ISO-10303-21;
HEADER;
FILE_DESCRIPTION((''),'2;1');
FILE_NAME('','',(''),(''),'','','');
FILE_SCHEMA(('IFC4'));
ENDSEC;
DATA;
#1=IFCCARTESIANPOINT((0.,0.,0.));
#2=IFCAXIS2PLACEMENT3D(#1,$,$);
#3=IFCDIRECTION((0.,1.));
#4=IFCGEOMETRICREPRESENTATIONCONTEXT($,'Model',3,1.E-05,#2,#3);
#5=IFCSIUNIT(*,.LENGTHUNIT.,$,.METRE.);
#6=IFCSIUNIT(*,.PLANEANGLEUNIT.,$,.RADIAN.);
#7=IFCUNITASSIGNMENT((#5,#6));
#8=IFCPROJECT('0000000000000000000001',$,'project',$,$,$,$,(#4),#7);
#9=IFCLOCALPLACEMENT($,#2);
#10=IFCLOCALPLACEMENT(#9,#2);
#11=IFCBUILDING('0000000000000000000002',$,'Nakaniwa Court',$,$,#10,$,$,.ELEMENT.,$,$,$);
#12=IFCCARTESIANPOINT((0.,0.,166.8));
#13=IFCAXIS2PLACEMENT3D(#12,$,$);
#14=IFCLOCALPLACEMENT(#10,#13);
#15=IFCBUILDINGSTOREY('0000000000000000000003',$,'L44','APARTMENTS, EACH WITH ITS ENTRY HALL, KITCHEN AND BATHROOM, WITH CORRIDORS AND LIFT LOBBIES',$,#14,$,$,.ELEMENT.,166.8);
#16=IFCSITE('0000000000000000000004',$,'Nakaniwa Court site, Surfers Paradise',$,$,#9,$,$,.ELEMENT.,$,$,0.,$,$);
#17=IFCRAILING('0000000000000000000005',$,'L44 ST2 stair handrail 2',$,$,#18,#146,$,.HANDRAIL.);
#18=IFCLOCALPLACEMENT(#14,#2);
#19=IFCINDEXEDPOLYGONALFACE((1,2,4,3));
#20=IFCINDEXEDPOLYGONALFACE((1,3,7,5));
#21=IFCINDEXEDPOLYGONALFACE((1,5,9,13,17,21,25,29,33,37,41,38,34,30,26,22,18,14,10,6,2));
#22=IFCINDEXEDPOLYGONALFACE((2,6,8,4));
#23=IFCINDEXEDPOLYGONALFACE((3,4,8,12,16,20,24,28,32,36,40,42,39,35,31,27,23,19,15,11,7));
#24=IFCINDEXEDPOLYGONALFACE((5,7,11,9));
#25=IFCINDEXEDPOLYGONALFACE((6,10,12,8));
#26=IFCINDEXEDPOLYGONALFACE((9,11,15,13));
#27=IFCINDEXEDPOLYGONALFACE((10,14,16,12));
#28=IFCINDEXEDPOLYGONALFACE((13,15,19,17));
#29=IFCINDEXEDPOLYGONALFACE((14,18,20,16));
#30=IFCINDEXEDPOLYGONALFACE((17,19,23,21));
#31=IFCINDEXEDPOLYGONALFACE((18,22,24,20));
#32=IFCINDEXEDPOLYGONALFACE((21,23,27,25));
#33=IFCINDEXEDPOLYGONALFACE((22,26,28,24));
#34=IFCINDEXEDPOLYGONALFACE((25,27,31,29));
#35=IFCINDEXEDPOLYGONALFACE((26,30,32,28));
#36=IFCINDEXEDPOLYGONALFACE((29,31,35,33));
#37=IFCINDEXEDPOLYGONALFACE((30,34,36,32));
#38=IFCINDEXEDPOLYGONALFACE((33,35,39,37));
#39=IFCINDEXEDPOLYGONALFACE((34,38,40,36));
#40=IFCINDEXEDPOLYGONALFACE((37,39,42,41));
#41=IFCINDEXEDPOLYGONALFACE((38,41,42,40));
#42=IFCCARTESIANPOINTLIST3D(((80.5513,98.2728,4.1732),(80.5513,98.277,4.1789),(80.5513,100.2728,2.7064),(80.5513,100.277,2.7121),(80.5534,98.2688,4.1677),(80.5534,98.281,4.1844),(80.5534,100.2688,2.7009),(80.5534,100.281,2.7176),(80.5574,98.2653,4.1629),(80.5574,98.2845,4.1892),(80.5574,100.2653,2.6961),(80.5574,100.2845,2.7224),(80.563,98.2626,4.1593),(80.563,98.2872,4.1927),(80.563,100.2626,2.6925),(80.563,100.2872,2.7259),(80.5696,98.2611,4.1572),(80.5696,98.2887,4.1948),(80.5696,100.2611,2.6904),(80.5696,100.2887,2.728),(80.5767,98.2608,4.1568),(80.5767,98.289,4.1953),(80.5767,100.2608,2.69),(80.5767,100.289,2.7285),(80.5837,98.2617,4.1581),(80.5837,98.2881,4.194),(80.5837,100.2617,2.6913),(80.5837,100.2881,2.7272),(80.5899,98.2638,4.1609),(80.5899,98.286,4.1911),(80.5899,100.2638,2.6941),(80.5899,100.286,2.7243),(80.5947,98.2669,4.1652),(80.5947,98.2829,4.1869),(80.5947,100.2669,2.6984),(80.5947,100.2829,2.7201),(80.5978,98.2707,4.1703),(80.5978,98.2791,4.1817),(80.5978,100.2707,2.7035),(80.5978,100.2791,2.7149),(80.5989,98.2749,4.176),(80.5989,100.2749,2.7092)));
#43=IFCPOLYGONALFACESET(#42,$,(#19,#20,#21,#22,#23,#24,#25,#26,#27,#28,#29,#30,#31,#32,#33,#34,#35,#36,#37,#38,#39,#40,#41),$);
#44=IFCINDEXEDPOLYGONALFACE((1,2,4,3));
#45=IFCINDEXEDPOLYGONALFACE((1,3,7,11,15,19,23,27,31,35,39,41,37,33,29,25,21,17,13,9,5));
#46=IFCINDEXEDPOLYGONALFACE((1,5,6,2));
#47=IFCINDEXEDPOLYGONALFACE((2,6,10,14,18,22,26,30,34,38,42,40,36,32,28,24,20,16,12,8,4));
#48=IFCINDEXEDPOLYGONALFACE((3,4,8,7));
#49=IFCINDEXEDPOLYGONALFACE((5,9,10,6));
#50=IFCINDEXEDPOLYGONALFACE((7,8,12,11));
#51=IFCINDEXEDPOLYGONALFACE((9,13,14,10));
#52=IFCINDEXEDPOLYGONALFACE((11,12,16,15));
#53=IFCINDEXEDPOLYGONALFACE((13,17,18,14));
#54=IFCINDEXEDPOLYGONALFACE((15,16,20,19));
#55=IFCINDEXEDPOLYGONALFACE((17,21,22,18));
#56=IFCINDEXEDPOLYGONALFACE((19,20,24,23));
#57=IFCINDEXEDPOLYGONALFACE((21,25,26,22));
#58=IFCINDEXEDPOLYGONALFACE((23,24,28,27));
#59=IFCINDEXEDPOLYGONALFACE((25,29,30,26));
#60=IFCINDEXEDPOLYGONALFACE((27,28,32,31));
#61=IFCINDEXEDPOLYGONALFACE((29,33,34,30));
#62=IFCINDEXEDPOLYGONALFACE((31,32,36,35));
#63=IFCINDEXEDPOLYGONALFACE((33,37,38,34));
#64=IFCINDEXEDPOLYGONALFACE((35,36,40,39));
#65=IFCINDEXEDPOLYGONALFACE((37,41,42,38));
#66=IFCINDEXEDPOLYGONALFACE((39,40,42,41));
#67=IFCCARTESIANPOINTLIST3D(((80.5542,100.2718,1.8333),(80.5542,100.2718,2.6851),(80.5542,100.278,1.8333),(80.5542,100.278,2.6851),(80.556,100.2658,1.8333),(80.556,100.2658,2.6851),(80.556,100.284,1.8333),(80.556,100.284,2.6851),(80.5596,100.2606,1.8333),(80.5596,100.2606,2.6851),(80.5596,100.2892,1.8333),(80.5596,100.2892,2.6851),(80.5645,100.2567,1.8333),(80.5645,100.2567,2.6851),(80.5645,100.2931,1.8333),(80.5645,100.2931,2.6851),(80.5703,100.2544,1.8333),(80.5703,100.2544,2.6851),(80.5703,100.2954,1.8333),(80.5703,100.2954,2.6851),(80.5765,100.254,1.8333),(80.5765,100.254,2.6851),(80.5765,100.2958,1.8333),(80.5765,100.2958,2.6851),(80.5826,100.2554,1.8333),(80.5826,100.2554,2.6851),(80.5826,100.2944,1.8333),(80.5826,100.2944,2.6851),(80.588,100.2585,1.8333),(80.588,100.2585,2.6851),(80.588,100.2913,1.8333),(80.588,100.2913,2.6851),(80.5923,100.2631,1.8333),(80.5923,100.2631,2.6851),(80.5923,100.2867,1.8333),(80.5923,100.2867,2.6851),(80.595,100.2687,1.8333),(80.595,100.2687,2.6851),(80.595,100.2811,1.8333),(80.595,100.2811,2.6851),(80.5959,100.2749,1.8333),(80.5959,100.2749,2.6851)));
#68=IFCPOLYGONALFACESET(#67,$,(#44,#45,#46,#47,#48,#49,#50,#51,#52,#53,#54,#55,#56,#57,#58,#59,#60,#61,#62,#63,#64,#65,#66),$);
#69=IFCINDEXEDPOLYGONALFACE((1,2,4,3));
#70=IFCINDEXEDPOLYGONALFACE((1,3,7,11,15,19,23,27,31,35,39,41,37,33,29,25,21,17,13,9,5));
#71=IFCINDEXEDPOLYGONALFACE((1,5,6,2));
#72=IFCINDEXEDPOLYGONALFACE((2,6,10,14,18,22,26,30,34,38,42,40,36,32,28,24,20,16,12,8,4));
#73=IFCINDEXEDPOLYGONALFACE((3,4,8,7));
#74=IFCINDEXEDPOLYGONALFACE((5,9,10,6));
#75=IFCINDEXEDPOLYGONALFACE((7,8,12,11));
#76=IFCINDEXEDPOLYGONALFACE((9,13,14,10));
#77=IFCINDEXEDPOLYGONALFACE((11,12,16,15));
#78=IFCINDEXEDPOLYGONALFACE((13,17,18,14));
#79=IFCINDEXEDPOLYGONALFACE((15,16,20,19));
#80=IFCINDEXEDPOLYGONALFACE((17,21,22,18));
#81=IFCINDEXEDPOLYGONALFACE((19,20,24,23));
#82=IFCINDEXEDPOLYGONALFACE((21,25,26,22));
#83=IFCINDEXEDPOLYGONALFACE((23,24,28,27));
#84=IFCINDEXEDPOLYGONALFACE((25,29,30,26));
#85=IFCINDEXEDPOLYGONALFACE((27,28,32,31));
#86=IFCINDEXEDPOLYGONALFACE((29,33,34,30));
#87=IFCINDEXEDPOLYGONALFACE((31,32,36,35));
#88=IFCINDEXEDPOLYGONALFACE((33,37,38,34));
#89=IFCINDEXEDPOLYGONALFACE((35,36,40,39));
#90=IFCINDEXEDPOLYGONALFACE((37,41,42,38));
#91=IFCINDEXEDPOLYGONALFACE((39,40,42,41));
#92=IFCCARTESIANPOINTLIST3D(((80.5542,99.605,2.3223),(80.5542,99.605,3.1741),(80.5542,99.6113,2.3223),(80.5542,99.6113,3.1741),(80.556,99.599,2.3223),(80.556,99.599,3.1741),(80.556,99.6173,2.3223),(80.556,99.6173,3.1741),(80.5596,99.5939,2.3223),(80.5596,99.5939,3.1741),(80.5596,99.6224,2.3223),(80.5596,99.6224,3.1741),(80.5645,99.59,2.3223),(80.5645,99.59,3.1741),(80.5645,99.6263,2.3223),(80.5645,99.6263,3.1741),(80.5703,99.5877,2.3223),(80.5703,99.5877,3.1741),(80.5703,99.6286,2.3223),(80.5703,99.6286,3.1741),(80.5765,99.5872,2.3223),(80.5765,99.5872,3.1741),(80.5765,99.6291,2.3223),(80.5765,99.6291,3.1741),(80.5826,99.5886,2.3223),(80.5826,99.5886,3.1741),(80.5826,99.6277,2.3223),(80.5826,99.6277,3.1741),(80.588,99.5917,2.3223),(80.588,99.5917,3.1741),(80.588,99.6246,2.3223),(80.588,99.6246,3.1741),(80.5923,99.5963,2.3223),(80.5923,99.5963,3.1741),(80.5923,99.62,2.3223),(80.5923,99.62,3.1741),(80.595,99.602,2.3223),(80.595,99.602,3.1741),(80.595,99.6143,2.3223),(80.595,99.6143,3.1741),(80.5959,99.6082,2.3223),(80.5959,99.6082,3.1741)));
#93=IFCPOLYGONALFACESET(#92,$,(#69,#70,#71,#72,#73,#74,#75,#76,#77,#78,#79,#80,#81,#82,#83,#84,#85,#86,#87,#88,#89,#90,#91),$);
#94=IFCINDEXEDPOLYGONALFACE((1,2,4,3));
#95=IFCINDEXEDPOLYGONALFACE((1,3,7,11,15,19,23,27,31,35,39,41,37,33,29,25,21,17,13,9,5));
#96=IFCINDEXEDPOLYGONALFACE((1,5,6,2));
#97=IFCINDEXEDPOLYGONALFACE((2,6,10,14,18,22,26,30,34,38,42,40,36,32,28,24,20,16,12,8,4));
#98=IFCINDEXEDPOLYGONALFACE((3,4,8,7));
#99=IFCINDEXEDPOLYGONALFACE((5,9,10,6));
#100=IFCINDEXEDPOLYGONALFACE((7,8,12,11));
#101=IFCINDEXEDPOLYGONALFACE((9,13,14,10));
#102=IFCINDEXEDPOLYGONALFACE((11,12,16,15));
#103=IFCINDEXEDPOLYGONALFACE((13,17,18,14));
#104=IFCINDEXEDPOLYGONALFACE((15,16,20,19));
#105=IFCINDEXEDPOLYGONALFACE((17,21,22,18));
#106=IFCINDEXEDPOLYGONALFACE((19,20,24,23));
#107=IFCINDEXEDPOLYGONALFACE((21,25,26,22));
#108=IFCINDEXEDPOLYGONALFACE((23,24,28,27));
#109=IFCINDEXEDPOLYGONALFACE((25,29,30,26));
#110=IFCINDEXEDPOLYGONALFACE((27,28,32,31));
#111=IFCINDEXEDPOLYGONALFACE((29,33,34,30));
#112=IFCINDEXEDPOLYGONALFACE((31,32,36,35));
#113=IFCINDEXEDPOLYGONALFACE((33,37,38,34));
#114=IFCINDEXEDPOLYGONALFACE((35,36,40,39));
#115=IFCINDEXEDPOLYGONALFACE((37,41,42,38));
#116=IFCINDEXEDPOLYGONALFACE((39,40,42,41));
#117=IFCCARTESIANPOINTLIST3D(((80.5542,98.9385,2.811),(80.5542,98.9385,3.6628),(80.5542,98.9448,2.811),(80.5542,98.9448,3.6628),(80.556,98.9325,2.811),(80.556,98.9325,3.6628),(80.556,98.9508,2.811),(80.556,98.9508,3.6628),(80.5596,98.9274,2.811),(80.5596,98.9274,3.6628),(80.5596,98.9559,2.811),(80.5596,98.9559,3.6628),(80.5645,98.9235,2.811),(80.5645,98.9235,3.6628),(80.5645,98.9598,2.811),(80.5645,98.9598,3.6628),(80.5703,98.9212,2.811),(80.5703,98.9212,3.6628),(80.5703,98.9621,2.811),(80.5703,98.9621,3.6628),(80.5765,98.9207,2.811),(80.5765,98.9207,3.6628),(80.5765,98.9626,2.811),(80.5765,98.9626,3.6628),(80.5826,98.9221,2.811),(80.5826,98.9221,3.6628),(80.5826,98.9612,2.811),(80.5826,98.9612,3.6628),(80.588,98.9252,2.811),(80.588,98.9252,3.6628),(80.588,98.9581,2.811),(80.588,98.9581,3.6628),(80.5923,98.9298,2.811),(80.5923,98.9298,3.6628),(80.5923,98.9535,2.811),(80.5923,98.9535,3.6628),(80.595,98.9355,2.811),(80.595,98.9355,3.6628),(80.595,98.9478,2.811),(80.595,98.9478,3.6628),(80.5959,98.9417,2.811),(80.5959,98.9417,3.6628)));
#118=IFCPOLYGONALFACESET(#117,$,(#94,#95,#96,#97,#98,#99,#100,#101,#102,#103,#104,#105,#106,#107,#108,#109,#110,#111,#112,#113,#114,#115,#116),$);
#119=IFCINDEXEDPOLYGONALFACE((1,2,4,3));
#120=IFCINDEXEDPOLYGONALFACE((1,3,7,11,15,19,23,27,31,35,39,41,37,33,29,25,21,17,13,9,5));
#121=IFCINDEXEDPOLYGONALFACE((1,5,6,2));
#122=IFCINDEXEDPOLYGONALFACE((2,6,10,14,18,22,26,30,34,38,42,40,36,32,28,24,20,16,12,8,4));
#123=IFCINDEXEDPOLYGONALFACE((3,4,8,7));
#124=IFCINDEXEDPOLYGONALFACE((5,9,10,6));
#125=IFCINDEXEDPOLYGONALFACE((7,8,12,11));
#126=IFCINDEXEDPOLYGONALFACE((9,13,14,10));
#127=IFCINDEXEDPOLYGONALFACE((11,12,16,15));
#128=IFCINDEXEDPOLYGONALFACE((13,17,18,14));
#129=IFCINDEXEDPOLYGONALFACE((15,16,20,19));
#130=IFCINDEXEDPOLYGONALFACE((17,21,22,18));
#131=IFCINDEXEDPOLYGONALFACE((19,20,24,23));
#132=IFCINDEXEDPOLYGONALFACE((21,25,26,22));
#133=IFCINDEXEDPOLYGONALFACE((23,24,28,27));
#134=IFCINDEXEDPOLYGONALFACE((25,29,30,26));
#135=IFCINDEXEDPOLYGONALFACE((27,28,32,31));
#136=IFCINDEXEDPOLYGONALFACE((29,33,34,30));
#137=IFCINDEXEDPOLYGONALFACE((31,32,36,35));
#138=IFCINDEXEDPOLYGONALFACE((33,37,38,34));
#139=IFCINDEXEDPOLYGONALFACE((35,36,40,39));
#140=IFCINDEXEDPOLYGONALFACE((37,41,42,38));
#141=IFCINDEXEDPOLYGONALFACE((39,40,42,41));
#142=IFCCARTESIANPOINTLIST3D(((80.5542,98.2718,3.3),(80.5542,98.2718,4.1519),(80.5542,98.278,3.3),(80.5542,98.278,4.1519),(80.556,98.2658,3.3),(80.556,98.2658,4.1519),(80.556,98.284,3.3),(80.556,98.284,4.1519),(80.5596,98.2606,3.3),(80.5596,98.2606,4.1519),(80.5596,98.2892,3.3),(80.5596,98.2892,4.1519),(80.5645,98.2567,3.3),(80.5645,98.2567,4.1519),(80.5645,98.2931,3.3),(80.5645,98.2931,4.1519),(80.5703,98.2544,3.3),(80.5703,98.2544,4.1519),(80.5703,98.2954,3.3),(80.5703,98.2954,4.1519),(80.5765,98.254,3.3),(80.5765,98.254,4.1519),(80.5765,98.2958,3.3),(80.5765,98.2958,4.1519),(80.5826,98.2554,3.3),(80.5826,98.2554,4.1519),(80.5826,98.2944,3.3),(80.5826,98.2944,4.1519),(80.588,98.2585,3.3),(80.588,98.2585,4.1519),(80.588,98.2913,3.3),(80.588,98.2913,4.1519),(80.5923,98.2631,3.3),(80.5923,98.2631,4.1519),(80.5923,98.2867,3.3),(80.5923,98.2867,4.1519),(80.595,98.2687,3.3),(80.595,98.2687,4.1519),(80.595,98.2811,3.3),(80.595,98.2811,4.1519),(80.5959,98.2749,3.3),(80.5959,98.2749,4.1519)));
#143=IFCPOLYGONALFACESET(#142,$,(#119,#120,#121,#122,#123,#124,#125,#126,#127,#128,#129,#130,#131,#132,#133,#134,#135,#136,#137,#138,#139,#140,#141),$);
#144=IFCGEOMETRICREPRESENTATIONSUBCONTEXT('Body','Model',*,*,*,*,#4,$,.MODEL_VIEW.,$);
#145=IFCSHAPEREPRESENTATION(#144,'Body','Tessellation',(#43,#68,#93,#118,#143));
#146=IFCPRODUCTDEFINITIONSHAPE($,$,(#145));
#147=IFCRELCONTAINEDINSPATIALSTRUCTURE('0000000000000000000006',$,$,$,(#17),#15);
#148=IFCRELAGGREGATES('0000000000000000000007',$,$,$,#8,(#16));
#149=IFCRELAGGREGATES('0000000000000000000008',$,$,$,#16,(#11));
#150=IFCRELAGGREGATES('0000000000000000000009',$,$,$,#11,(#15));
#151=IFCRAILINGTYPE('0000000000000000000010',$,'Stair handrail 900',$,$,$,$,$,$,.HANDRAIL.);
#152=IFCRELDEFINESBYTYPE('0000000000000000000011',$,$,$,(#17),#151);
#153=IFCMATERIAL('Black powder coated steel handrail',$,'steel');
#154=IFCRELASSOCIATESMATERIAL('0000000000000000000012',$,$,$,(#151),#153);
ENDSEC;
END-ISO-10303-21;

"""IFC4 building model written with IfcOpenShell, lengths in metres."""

from ifc_helpers import new_model, si_unit, direction, frame, origin, origin_2d, place, context, subcontext, project, spatial, circle, extrude, material, type_object, element, save


model = new_model("IFC4")

# Units and contexts
model_context = context("Model", 3, precision=1e-05, world=origin(), true_north=direction((0.0, 1.0)))
body_context = subcontext(model_context, "Body", "Model", "MODEL_VIEW")
ifc_project = project(units=[si_unit("LENGTHUNIT", "METRE"), si_unit("PLANEANGLEUNIT", "RADIAN")], contexts=[model_context])

# Site, building, storey
site_placement = place(None, origin())
site = spatial("IfcSite", under=ifc_project, at=site_placement, Name="Nakaniwa Court site, Surfers Paradise", CompositionType="ELEMENT", RefElevation=0.0)
building_placement = place(site_placement, origin())
building = spatial("IfcBuilding", under=site, at=building_placement, Name="Nakaniwa Court", CompositionType="ELEMENT")
storey_placement = place(building_placement, frame((0.0, 0.0, 166.8)))
storey = spatial("IfcBuildingStorey", under=building, at=storey_placement, Name="L44", Description="APARTMENTS, EACH WITH ITS ENTRY HALL, KITCHEN AND BATHROOM, WITH CORRIDORS AND LIFT LOBBIES", CompositionType="ELEMENT", Elevation=166.8)

# Railing
ifc_material_1 = material(Name="Black powder coated steel handrail", Category="steel")
railing_type_1 = type_object("IfcRailingType", Name="Stair handrail 900", PredefinedType="HANDRAIL", material=ifc_material_1)
railing_1_placement = place(storey_placement, frame((80.575, 100.2749, 1.8333)))
element("IfcRailing", 1, at=railing_1_placement, inside=storey, type_object=railing_type_1, Name="L44 ST2 stair handrail 2", PredefinedType="HANDRAIL", context=body_context, shape_type="SweptSolid", body=[
    extrude(circle(Radius=0.0239, at=origin_2d()), frame((0.0, 0.0, 0.876), z_axis=(0.0, -0.80638, 0.591398), x_axis=(1.0, 0.0, 0.0)), (0.0, 0.0, 1.0), 2.4802),
    extrude(circle(Radius=0.021, at=origin_2d()), origin(), (0.0, 0.0, 1.0), 0.8518),
    extrude(circle(Radius=0.021, at=origin_2d()), frame((0.0, -0.6667, 0.489)), (0.0, 0.0, 1.0), 0.8518),
    extrude(circle(Radius=0.021, at=origin_2d()), frame((0.0, -1.3333, 0.9778)), (0.0, 0.0, 1.0), 0.8518),
    extrude(circle(Radius=0.021, at=origin_2d()), frame((0.0, -2.0, 1.4668)), (0.0, 0.0, 1.0), 0.8518),
])

save(model, "model.ifc")
